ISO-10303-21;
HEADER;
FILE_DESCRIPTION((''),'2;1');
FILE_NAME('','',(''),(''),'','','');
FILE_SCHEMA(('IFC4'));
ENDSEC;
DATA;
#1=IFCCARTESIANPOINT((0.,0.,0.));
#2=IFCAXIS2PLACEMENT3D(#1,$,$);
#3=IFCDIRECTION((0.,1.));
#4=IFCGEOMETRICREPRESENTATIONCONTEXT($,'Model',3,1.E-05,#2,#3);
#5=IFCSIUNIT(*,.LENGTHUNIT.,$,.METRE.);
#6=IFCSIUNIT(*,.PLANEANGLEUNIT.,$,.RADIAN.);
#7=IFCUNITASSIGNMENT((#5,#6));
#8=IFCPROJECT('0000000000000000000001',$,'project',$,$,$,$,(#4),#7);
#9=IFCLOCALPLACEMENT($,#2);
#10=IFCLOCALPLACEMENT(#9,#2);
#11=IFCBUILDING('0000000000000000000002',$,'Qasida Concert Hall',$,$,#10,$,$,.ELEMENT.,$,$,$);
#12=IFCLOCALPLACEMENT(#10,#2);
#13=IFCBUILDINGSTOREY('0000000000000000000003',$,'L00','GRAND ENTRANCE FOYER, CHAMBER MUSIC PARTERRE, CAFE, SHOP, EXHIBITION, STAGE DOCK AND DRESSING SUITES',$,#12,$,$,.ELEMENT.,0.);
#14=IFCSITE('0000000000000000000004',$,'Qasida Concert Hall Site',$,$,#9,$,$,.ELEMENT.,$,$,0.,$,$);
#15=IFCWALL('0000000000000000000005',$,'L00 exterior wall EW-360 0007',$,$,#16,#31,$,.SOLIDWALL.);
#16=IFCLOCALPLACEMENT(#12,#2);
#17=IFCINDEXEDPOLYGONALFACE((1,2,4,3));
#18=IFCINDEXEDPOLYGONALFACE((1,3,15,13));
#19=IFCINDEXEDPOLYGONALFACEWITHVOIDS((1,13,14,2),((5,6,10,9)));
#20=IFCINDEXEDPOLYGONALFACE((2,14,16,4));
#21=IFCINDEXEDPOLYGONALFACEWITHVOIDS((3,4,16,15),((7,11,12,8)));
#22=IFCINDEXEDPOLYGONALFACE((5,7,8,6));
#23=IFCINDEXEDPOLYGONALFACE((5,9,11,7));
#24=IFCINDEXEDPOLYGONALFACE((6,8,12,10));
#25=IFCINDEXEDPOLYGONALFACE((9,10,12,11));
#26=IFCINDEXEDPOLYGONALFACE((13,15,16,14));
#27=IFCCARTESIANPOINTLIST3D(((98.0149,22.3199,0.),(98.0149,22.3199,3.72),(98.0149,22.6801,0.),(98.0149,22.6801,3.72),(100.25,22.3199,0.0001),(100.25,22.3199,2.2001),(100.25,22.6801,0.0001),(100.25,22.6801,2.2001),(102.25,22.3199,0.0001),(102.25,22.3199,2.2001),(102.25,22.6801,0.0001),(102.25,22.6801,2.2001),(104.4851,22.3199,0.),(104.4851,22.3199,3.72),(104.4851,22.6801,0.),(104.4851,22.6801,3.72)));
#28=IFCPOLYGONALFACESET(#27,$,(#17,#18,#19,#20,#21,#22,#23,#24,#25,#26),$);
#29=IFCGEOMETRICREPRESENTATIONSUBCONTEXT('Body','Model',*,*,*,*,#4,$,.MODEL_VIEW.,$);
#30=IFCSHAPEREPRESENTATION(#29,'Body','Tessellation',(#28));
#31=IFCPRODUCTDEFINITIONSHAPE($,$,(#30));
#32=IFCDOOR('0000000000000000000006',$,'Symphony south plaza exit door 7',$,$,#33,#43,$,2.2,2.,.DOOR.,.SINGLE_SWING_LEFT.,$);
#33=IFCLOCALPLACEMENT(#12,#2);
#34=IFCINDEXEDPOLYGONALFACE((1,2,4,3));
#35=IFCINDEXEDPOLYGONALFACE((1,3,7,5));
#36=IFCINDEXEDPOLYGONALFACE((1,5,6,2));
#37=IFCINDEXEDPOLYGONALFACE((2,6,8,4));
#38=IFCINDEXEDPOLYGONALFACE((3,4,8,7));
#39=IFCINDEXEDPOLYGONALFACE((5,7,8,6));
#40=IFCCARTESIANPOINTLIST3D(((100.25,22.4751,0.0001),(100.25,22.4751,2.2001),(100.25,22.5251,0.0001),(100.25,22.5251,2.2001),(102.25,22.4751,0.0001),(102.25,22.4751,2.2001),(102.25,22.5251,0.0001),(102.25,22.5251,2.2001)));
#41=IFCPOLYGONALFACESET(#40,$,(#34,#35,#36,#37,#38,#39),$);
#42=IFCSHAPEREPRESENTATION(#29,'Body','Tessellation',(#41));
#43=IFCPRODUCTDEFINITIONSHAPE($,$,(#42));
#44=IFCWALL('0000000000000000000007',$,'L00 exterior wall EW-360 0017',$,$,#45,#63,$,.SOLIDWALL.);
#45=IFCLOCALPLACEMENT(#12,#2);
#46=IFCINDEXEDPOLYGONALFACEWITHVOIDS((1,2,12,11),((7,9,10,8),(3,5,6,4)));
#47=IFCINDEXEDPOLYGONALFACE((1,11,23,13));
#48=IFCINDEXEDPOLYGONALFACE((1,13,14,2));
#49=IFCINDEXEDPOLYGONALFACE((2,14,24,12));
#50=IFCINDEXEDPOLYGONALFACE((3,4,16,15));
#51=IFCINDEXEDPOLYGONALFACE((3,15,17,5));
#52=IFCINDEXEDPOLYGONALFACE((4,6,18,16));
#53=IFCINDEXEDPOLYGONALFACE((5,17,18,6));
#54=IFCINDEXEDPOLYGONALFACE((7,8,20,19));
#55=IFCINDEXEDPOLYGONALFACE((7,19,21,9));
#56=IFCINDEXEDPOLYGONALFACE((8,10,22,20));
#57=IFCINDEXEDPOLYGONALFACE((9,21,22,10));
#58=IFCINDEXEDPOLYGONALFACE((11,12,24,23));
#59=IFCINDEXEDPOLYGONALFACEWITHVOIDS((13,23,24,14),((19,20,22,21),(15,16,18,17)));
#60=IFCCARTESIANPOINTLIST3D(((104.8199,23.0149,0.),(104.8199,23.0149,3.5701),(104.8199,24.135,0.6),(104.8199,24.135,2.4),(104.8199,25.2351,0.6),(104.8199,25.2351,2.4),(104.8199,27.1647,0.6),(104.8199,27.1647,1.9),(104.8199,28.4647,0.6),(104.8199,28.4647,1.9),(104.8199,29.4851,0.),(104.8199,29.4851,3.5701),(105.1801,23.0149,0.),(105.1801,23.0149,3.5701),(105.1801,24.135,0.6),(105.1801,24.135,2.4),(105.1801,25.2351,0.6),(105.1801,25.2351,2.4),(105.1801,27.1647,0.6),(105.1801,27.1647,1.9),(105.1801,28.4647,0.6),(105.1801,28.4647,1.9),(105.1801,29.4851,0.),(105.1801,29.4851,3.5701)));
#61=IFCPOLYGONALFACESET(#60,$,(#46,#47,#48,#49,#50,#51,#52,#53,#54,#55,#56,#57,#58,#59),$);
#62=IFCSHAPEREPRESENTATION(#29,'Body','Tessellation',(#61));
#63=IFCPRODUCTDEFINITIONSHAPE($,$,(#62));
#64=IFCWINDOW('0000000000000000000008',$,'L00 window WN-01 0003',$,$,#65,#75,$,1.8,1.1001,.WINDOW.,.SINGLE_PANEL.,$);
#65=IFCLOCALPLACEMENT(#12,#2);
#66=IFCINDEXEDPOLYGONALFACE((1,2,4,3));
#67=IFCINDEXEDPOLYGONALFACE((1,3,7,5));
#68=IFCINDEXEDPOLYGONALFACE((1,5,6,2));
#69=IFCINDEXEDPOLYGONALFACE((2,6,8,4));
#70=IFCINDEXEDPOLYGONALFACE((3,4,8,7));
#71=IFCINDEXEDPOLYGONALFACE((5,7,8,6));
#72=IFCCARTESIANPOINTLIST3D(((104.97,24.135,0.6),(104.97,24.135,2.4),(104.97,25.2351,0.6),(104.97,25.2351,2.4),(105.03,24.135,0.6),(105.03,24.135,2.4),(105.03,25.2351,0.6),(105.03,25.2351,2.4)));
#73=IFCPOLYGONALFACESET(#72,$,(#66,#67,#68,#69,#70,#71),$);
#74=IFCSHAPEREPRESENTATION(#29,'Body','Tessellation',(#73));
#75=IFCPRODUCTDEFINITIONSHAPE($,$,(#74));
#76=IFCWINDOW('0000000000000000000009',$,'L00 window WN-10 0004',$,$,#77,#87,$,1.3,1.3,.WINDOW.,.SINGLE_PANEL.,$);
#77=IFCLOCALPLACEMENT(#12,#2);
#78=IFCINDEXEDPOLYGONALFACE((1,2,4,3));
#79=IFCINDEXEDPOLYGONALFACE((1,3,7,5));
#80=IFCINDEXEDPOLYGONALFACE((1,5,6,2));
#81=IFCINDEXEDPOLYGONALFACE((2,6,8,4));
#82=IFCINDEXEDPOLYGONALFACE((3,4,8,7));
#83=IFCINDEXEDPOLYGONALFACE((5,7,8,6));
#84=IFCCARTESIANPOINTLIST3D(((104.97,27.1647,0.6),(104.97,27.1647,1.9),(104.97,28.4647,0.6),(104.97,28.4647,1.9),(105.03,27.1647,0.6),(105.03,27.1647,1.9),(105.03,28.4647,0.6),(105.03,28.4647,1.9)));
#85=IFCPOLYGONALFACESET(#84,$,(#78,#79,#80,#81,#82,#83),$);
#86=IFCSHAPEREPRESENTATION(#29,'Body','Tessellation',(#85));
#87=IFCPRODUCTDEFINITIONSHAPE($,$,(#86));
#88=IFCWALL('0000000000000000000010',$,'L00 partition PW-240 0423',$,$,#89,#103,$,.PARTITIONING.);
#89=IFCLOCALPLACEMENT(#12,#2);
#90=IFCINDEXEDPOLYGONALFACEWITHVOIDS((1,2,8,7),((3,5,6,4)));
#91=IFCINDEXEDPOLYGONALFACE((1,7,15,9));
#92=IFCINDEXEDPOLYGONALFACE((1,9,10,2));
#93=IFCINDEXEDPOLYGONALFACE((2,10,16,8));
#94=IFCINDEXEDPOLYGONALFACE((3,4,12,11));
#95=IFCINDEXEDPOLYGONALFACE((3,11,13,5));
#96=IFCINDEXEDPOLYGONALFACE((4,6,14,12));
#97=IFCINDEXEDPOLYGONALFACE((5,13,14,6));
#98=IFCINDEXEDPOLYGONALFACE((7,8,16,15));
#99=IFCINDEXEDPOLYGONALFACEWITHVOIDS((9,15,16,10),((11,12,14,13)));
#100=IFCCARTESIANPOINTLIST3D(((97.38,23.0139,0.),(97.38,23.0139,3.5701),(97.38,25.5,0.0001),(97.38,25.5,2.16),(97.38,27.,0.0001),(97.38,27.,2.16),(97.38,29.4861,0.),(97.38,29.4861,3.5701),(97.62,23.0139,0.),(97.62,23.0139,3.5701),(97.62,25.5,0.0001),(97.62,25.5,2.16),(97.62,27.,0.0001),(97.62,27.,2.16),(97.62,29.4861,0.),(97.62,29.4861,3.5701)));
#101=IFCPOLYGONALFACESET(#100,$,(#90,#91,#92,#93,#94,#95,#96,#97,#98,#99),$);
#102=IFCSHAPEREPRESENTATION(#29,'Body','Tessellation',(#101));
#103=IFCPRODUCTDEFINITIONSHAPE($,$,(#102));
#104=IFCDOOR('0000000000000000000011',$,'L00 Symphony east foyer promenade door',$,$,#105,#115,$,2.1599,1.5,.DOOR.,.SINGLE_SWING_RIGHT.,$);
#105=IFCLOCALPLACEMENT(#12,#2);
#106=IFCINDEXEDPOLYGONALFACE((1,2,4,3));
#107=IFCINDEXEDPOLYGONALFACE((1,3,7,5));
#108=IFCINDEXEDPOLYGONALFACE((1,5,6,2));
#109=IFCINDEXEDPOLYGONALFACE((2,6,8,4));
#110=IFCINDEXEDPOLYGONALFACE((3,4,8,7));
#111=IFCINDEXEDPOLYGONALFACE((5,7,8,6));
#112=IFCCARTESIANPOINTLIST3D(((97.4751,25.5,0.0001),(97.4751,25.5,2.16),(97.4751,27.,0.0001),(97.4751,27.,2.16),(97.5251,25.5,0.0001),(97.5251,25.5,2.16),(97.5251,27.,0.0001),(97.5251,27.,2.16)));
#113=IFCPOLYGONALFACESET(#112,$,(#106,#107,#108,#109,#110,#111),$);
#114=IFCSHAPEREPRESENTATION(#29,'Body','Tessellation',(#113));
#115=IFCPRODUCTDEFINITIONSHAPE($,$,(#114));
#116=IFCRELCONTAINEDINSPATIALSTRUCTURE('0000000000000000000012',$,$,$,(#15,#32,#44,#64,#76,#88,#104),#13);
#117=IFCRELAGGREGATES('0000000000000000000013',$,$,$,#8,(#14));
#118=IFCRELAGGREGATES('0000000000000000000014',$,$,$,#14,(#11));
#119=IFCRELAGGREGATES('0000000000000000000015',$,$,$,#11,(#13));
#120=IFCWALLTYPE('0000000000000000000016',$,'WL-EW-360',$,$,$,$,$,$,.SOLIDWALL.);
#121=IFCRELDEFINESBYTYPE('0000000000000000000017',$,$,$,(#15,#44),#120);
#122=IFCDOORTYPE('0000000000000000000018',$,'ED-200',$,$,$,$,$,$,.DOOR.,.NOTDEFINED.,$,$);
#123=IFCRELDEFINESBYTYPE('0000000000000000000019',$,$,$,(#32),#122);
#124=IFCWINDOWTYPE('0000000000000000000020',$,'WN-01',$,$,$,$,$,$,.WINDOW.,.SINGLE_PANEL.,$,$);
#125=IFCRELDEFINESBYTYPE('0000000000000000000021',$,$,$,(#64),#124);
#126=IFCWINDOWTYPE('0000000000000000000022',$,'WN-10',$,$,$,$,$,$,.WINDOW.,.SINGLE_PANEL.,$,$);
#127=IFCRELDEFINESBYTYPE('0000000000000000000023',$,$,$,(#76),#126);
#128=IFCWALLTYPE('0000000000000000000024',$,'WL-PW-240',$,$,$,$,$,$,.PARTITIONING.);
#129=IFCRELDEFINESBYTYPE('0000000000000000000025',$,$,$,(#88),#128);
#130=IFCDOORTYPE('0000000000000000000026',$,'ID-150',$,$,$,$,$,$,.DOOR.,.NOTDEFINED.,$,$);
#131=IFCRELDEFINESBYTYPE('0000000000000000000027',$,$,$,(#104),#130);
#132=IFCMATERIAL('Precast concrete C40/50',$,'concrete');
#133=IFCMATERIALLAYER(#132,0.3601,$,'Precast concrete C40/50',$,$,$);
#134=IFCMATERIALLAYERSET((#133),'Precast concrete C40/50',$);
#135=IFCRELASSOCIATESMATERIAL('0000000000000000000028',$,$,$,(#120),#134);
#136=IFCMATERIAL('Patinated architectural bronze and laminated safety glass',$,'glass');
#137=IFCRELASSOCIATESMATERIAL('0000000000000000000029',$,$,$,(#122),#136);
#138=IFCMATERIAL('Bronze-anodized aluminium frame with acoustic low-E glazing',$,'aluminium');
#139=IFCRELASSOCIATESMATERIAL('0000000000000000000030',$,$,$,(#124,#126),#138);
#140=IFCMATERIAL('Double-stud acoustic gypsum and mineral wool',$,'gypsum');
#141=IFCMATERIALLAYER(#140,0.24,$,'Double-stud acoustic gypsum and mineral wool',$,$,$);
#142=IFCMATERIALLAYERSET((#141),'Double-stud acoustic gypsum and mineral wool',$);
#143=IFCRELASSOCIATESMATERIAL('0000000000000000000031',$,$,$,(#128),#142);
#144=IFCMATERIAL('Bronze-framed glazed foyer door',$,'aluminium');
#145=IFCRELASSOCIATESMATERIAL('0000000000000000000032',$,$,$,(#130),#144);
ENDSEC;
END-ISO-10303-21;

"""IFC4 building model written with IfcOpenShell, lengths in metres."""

from ifc_helpers import new_model, si_unit, direction, frame, frame_2d, origin, place, context, subcontext, project, spatial, rectangle, extrude, material, layer, layer_set, type_object, element, fill, save


model = new_model("IFC4")

# Units and contexts
model_context = context("Model", 3, precision=1e-05, world=origin(), true_north=direction((0.0, 1.0)))
body_context = subcontext(model_context, "Body", "Model", "MODEL_VIEW")
ifc_project = project(units=[si_unit("LENGTHUNIT", "METRE"), si_unit("PLANEANGLEUNIT", "RADIAN")], contexts=[model_context])

# Site, building, storey
site_placement = place(None, origin())
site = spatial("IfcSite", under=ifc_project, at=site_placement, Name="Qasida Concert Hall Site", CompositionType="ELEMENT", RefElevation=0.0)
building_placement = place(site_placement, origin())
building = spatial("IfcBuilding", under=site, at=building_placement, Name="Qasida Concert Hall", CompositionType="ELEMENT")
storey_placement = place(building_placement, origin())
storey = spatial("IfcBuildingStorey", under=building, at=storey_placement, Name="L00", Description="GRAND ENTRANCE FOYER, CHAMBER MUSIC PARTERRE, CAFE, SHOP, EXHIBITION, STAGE DOCK AND DRESSING SUITES", CompositionType="ELEMENT", Elevation=0.0)

# Wall, opening, door
ifc_material_1 = material(Name="Precast concrete C40/50", Category="concrete")
ifc_layer_1 = layer(ifc_material_1, 0.3601, Name="Precast concrete C40/50")
ifc_layer_set_1 = layer_set([ifc_layer_1], Name="Precast concrete C40/50")
wall_type_1 = type_object("IfcWallType", Name="WL-EW-360", PredefinedType="SOLIDWALL", material=ifc_layer_set_1)
ifc_material_2 = material(Name="Patinated architectural bronze and laminated safety glass", Category="glass")
door_type_1 = type_object("IfcDoorType", Name="ED-200", OperationType="NOTDEFINED", PredefinedType="DOOR", material=ifc_material_2)
wall_1_placement = place(storey_placement, frame((98.0149, 22.5, 0.0), z_axis=(0.0, 0.0, 1.0), x_axis=(1.0, 0.0, 0.0)))
wall_1 = element("IfcWall", 1, at=wall_1_placement, inside=storey, type_object=wall_type_1, Name="L00 exterior wall EW-360 0007", PredefinedType="SOLIDWALL", context=body_context, shape_type="SweptSolid", body=[
    extrude(rectangle(XDim=6.4702, YDim=0.3601, at=frame_2d((3.2351, 0.0))), origin(), (0.0, 0.0, 1.0), 3.72),
])
opening_1_placement = place(wall_1_placement, frame((2.2351, 0.0, 0.0)))
opening_1 = element("IfcOpeningElement", 2, at=opening_1_placement, cuts=wall_1, PredefinedType="OPENING", context=body_context, shape_type="SweptSolid", body=[
    extrude(rectangle(XDim=2.0, YDim=2.2, at=frame_2d((1.0, 1.1001))), frame((0.0, 0.1899, 0.0), z_axis=(0.0, -1.0, 0.0), x_axis=(1.0, 0.0, 0.0)), (0.0, 0.0, 1.0), 0.3801),
])
door_1_placement = place(opening_1_placement, frame((2.0, 0.0, 0.0), z_axis=(0.0, 0.0, 1.0), x_axis=(-1.0, 0.0, 0.0)))
door_1 = element("IfcDoor", 3, at=door_1_placement, inside=storey, type_object=door_type_1, Name="Symphony south plaza exit door 7", OperationType="SINGLE_SWING_LEFT", OverallHeight=2.2, OverallWidth=2.0, PredefinedType="DOOR", context=body_context, shape_type="SweptSolid", body=[
    extrude(rectangle(XDim=2.0, YDim=2.2, at=frame_2d((1.0, 1.1001))), frame((0.0, 0.0249, 0.0), z_axis=(0.0, -1.0, 0.0), x_axis=(1.0, 0.0, 0.0)), (0.0, 0.0, 1.0), 0.05),
])
fill(opening_1, door_1)

# Wall, openings, windows
wall_2_placement = place(storey_placement, frame((105.0, 23.0149, 0.0), z_axis=(0.0, 0.0, 1.0), x_axis=(0.0, 1.0, 0.0)))
wall_2 = element("IfcWall", 4, at=wall_2_placement, inside=storey, type_object=wall_type_1, Name="L00 exterior wall EW-360 0017", PredefinedType="SOLIDWALL", context=body_context, shape_type="SweptSolid", body=[
    extrude(rectangle(XDim=6.4702, YDim=0.3601, at=frame_2d((3.2351, 0.0))), origin(), (0.0, 0.0, 1.0), 3.5701),
])
opening_2_placement = place(wall_2_placement, frame((1.1201, 0.0, 0.6001)))
opening_2 = element("IfcOpeningElement", 5, at=opening_2_placement, cuts=wall_2, PredefinedType="OPENING", context=body_context, shape_type="SweptSolid", body=[
    extrude(rectangle(XDim=1.1001, YDim=1.8, at=frame_2d((0.55, 0.8999))), frame((0.0, 0.1899, 0.0), z_axis=(0.0, -1.0, 0.0), x_axis=(1.0, 0.0, 0.0)), (0.0, 0.0, 1.0), 0.3801),
])
opening_3_placement = place(wall_2_placement, frame((4.1499, 0.0, 0.6001)))
opening_3 = element("IfcOpeningElement", 6, at=opening_3_placement, cuts=wall_2, PredefinedType="OPENING", context=body_context, shape_type="SweptSolid", body=[
    extrude(rectangle(XDim=1.3, YDim=1.3, at=frame_2d((0.6499, 0.6499))), frame((0.0, 0.1899, 0.0), z_axis=(0.0, -1.0, 0.0), x_axis=(1.0, 0.0, 0.0)), (0.0, 0.0, 1.0), 0.3801),
])
ifc_material_3 = material(Name="Bronze-anodized aluminium frame with acoustic low-E glazing", Category="aluminium")
window_type_1 = type_object("IfcWindowType", Name="WN-01", PartitioningType="SINGLE_PANEL", PredefinedType="WINDOW", material=ifc_material_3)
window_1_placement = place(opening_2_placement, origin())
window_1 = element("IfcWindow", 7, at=window_1_placement, inside=storey, type_object=window_type_1, Name="L00 window WN-01 0003", OverallHeight=1.8, OverallWidth=1.1001, PartitioningType="SINGLE_PANEL", PredefinedType="WINDOW", context=body_context, shape_type="SweptSolid", body=[
    extrude(rectangle(XDim=1.1001, YDim=1.8, at=frame_2d((0.55, 0.8999))), frame((0.0, 0.03, 0.0), z_axis=(0.0, -1.0, 0.0), x_axis=(1.0, 0.0, 0.0)), (0.0, 0.0, 1.0), 0.0601),
])
fill(opening_2, window_1)
window_type_2 = type_object("IfcWindowType", Name="WN-10", PartitioningType="SINGLE_PANEL", PredefinedType="WINDOW", material=ifc_material_3)
window_2_placement = place(opening_3_placement, origin())
window_2 = element("IfcWindow", 8, at=window_2_placement, inside=storey, type_object=window_type_2, Name="L00 window WN-10 0004", OverallHeight=1.3, OverallWidth=1.3, PartitioningType="SINGLE_PANEL", PredefinedType="WINDOW", context=body_context, shape_type="SweptSolid", body=[
    extrude(rectangle(XDim=1.3, YDim=1.3, at=frame_2d((0.6499, 0.6499))), frame((0.0, 0.03, 0.0), z_axis=(0.0, -1.0, 0.0), x_axis=(1.0, 0.0, 0.0)), (0.0, 0.0, 1.0), 0.0601),
])
fill(opening_3, window_2)

# Wall, opening, door
ifc_material_4 = material(Name="Double-stud acoustic gypsum and mineral wool", Category="gypsum")
ifc_layer_2 = layer(ifc_material_4, 0.24, Name="Double-stud acoustic gypsum and mineral wool")
ifc_layer_set_2 = layer_set([ifc_layer_2], Name="Double-stud acoustic gypsum and mineral wool")
wall_type_2 = type_object("IfcWallType", Name="WL-PW-240", PredefinedType="PARTITIONING", material=ifc_layer_set_2)
wall_3_placement = place(storey_placement, frame((97.5, 23.0139, 0.0), z_axis=(0.0, 0.0, 1.0), x_axis=(0.0, 1.0, 0.0)))
wall_3 = element("IfcWall", 9, at=wall_3_placement, inside=storey, type_object=wall_type_2, Name="L00 partition PW-240 0423", PredefinedType="PARTITIONING", context=body_context, shape_type="SweptSolid", body=[
    extrude(rectangle(XDim=6.4722, YDim=0.24, at=frame_2d((3.2361, 0.0))), origin(), (0.0, 0.0, 1.0), 3.5701),
])
opening_4_placement = place(wall_3_placement, frame((2.4861, 0.0, 0.0)))
opening_4 = element("IfcOpeningElement", 10, at=opening_4_placement, cuts=wall_3, PredefinedType="OPENING", context=body_context, shape_type="SweptSolid", body=[
    extrude(rectangle(XDim=1.5, YDim=2.1599, at=frame_2d((0.75, 1.0801))), frame((0.0, 0.1299, 0.0), z_axis=(0.0, -1.0, 0.0), x_axis=(1.0, 0.0, 0.0)), (0.0, 0.0, 1.0), 0.26),
])
ifc_material_5 = material(Name="Bronze-framed glazed foyer door", Category="aluminium")
door_type_2 = type_object("IfcDoorType", Name="ID-150", OperationType="NOTDEFINED", PredefinedType="DOOR", material=ifc_material_5)
door_2_placement = place(opening_4_placement, origin())
door_2 = element("IfcDoor", 11, at=door_2_placement, inside=storey, type_object=door_type_2, Name="L00 Symphony east foyer promenade door", OperationType="SINGLE_SWING_RIGHT", OverallHeight=2.1599, OverallWidth=1.5, PredefinedType="DOOR", context=body_context, shape_type="SweptSolid", body=[
    extrude(rectangle(XDim=1.5, YDim=2.1599, at=frame_2d((0.75, 1.0801))), frame((0.0, 0.0249, 0.0), z_axis=(0.0, -1.0, 0.0), x_axis=(1.0, 0.0, 0.0)), (0.0, 0.0, 1.0), 0.05),
])
fill(opening_4, door_2)

save(model, "model.ifc")
